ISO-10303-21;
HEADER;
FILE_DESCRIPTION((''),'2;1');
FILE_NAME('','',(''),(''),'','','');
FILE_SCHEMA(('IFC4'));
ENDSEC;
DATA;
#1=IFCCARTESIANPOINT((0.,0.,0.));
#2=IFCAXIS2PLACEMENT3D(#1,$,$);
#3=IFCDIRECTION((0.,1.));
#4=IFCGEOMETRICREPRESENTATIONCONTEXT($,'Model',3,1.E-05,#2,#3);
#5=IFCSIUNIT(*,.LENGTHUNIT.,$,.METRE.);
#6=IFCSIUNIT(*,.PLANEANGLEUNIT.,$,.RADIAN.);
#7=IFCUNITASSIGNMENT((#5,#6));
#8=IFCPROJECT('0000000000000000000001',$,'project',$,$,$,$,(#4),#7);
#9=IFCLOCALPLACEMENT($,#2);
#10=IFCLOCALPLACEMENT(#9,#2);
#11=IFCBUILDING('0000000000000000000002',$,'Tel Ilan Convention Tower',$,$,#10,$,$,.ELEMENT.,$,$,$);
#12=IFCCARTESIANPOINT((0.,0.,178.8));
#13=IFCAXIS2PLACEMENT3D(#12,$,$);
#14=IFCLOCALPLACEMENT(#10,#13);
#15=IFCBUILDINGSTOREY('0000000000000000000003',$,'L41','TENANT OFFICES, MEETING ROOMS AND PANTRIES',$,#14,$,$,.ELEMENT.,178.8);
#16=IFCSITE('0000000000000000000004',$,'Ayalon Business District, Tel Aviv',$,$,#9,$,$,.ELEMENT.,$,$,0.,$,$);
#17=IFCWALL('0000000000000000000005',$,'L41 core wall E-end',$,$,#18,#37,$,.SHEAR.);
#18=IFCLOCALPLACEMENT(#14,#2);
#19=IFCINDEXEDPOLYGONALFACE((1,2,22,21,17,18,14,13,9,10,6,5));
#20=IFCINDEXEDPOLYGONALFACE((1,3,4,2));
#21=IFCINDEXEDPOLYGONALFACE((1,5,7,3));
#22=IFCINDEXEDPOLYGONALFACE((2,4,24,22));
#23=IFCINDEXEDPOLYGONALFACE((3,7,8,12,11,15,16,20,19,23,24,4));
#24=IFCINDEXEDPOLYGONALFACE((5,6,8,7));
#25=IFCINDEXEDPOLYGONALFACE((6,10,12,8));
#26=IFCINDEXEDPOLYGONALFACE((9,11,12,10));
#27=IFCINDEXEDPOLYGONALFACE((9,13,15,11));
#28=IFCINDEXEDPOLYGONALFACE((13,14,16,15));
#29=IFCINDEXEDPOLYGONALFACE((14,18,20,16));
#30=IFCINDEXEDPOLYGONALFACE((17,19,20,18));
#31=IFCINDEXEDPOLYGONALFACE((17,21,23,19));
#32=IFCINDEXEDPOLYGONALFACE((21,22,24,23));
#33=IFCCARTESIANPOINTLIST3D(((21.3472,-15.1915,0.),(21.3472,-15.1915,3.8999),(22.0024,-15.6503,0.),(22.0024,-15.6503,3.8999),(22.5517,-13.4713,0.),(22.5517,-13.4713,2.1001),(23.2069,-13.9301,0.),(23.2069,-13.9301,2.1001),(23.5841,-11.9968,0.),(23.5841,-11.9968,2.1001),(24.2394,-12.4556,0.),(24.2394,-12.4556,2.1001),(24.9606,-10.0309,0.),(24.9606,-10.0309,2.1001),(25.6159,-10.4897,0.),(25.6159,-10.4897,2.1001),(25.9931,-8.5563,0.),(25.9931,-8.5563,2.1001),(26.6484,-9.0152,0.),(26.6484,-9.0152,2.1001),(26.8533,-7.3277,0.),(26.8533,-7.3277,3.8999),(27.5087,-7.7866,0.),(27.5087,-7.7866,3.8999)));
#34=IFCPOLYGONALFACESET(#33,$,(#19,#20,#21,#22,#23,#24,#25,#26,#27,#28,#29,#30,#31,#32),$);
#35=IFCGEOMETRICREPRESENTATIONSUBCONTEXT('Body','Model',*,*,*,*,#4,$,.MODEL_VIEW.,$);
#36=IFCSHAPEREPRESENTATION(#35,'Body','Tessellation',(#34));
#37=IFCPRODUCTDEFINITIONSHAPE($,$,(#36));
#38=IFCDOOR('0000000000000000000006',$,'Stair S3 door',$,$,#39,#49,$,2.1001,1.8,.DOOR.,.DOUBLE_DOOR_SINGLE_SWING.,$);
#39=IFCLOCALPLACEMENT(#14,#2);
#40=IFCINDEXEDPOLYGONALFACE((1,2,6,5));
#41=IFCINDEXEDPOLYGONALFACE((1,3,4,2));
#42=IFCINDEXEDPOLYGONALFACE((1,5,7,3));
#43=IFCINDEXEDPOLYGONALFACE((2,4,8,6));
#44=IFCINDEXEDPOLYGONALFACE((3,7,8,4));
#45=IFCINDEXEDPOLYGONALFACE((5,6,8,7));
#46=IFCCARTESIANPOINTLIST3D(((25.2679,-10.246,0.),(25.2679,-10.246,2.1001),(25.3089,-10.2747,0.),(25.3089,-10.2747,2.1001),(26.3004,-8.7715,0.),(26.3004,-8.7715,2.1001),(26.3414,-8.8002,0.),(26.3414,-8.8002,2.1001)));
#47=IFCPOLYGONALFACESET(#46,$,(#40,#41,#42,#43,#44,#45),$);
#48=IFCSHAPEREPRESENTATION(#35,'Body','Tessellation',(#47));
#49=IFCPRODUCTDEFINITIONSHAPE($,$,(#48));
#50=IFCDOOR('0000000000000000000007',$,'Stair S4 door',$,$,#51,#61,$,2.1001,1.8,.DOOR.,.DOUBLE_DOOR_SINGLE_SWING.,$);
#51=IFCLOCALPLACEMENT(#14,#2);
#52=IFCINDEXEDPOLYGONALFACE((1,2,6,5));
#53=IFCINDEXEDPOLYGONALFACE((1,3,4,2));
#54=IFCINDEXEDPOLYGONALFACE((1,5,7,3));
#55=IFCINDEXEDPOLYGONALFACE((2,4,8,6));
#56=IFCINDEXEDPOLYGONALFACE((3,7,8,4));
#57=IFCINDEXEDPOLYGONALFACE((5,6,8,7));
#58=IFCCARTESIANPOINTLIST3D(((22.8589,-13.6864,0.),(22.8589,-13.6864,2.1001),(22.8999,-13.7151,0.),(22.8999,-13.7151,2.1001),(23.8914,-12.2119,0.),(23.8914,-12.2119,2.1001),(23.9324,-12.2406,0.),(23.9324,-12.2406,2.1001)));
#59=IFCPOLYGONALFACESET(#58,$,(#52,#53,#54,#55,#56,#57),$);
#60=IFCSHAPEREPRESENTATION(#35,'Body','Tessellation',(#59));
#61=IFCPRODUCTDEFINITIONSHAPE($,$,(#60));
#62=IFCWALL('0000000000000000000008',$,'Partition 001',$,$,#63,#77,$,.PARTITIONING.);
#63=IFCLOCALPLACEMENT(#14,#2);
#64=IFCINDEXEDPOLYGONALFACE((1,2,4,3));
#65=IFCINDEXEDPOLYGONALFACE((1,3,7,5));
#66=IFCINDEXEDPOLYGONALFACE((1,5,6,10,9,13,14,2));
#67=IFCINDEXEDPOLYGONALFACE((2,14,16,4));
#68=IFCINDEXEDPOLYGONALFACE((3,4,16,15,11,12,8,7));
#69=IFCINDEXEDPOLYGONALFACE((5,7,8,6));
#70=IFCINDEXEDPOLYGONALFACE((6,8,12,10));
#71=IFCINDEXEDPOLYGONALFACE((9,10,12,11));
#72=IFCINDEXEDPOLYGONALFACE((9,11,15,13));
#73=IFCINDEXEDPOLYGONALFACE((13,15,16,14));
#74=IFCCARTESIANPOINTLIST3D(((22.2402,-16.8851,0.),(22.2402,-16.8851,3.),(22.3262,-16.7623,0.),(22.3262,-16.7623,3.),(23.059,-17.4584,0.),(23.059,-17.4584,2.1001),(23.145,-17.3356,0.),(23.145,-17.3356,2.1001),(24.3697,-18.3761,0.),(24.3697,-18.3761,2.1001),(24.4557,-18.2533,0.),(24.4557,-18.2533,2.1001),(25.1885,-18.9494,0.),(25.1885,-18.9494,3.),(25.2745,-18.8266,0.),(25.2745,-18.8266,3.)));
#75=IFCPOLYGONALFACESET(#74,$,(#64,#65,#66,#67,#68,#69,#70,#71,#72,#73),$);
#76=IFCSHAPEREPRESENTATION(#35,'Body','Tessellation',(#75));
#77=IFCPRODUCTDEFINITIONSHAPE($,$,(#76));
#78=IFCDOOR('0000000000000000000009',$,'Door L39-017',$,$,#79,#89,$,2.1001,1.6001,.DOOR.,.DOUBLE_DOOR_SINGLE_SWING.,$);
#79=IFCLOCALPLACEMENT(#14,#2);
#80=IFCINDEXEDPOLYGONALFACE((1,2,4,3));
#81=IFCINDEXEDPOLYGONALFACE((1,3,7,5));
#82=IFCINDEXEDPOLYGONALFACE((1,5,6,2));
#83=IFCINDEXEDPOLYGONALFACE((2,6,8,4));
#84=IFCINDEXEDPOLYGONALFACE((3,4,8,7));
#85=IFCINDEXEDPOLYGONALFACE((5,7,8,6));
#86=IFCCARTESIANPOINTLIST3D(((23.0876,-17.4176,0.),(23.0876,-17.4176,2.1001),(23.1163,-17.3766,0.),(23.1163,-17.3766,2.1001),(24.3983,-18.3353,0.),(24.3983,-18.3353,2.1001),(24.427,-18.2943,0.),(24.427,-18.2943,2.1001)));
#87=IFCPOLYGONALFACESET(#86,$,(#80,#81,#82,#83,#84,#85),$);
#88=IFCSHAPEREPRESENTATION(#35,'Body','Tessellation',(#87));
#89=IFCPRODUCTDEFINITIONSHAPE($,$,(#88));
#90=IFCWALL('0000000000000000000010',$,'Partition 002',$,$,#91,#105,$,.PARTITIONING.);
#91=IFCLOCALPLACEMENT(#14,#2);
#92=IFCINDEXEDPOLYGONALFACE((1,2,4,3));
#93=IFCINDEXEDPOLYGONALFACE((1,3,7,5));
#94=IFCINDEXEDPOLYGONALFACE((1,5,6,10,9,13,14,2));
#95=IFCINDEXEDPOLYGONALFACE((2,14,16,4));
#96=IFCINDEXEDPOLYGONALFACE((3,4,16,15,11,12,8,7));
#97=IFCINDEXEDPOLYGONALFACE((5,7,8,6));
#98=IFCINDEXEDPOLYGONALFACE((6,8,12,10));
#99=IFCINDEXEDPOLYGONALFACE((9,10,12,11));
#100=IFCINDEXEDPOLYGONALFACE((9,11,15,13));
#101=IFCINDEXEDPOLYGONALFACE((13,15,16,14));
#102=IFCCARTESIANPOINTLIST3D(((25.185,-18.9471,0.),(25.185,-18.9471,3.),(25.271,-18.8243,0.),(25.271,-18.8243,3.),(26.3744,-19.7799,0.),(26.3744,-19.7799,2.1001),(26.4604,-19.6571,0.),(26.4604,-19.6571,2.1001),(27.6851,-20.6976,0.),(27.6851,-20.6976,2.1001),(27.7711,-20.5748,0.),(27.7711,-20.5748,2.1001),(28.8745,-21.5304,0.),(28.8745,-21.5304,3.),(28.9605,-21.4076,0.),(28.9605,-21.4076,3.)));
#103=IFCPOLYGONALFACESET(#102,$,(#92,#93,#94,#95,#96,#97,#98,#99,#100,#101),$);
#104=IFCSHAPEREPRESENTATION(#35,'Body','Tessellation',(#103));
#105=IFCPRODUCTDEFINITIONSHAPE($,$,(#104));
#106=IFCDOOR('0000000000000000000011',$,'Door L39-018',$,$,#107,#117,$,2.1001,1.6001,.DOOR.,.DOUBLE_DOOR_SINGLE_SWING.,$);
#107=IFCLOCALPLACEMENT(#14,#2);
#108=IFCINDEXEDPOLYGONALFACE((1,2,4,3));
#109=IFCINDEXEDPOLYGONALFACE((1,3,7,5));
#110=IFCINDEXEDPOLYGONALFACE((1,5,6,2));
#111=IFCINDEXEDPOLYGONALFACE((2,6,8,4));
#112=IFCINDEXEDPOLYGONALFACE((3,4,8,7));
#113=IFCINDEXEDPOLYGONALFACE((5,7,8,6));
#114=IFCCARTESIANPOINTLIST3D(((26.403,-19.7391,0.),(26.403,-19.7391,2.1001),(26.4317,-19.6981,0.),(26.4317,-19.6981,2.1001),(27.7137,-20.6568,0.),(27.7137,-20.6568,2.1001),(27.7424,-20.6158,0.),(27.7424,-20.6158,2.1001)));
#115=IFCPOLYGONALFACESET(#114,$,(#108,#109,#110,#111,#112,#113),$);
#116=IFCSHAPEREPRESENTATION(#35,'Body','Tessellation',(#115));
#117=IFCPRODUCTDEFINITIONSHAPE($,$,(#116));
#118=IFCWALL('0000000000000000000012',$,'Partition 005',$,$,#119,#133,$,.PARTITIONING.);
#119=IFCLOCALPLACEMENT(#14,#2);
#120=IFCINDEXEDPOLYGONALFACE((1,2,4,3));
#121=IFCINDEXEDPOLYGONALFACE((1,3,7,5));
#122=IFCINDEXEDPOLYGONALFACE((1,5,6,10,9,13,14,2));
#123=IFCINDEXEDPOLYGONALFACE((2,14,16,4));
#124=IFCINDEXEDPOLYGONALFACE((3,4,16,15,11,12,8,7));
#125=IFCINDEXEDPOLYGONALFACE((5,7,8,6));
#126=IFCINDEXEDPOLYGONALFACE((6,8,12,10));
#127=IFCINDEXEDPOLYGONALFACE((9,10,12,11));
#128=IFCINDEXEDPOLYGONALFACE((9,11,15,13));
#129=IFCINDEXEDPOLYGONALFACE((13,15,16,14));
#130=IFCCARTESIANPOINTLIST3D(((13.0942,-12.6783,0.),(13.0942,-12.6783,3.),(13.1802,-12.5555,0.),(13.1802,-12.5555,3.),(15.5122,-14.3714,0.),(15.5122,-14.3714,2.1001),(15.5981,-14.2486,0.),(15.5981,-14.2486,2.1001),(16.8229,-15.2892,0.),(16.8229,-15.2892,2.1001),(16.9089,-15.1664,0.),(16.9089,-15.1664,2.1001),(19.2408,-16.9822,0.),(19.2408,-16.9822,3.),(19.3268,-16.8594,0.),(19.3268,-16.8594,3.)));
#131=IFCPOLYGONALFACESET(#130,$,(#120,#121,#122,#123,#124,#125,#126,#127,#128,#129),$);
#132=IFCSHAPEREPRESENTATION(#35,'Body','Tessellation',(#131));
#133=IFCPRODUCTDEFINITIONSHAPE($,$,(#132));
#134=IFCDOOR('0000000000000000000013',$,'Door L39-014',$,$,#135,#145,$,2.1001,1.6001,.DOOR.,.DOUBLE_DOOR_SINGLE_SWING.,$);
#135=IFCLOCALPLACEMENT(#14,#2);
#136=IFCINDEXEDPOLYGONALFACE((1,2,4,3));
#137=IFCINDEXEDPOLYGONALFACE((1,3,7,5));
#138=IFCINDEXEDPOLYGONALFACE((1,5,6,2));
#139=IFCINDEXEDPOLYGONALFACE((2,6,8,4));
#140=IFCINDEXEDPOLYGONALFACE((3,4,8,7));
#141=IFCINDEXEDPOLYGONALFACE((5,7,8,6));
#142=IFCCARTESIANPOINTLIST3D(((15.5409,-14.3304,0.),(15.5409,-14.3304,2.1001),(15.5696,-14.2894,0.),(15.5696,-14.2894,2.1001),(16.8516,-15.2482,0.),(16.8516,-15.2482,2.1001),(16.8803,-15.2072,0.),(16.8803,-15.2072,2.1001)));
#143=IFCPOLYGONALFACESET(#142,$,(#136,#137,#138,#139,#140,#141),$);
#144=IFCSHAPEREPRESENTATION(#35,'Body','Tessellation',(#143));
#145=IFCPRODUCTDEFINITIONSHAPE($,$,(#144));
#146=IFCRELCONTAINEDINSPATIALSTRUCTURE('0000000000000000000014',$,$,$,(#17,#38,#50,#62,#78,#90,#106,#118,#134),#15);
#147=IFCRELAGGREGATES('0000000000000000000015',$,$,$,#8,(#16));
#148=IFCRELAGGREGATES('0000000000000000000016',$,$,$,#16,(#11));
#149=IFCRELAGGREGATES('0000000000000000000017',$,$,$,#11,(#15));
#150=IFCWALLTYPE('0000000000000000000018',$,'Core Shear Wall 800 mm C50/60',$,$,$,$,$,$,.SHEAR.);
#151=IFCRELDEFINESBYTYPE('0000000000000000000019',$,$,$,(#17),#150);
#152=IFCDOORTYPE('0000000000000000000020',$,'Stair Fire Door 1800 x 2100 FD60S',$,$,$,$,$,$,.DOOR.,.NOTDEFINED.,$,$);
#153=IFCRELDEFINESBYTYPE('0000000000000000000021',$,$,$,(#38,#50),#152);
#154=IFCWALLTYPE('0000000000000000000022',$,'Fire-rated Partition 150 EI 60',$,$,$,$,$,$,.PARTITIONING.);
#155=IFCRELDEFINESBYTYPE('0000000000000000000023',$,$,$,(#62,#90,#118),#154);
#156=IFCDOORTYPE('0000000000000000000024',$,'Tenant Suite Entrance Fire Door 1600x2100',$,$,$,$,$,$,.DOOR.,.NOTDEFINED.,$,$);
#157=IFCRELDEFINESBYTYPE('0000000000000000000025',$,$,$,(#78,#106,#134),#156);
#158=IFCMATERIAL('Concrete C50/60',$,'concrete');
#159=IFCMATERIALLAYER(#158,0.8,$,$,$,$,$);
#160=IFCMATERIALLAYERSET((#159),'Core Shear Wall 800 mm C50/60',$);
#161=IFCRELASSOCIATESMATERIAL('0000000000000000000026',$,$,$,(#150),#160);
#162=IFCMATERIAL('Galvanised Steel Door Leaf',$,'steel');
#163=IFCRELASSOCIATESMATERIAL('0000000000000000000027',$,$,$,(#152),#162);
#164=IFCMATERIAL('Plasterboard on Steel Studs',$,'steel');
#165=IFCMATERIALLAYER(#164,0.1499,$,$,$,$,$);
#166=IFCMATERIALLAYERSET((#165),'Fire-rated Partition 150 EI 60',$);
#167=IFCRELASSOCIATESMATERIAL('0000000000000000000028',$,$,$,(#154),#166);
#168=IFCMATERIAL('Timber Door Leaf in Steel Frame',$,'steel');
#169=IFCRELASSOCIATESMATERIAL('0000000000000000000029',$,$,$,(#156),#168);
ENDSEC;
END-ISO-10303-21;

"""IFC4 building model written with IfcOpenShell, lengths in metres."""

from ifc_helpers import new_model, si_unit, direction, frame, frame_2d, origin, place, context, subcontext, project, spatial, polyline, rectangle, outline, extrude, material, layer, layer_set, type_object, element, fill, save


model = new_model("IFC4")

# Units and contexts
model_context = context("Model", 3, precision=1e-05, world=origin(), true_north=direction((0.0, 1.0)))
body_context = subcontext(model_context, "Body", "Model", "MODEL_VIEW")
ifc_project = project(units=[si_unit("LENGTHUNIT", "METRE"), si_unit("PLANEANGLEUNIT", "RADIAN")], contexts=[model_context])

# Site, building, storey
site_placement = place(None, origin())
site = spatial("IfcSite", under=ifc_project, at=site_placement, Name="Ayalon Business District, Tel Aviv", CompositionType="ELEMENT", RefElevation=0.0)
building_placement = place(site_placement, origin())
building = spatial("IfcBuilding", under=site, at=building_placement, Name="Tel Ilan Convention Tower", CompositionType="ELEMENT")
storey_placement = place(building_placement, frame((0.0, 0.0, 178.8)))
storey = spatial("IfcBuildingStorey", under=building, at=storey_placement, Name="L41", Description="TENANT OFFICES, MEETING ROOMS AND PANTRIES", CompositionType="ELEMENT", Elevation=178.8)

# Wall, openings, doors
ifc_material_1 = material(Name="Concrete C50/60", Category="concrete")
ifc_layer_1 = layer(ifc_material_1, 0.8)
ifc_layer_set_1 = layer_set([ifc_layer_1], Name="Core Shear Wall 800 mm C50/60")
wall_type_1 = type_object("IfcWallType", Name="Core Shear Wall 800 mm C50/60", PredefinedType="SHEAR", material=ifc_layer_set_1)
wall_1_placement = place(storey_placement, frame((21.6748, -15.4209, 0.0), z_axis=(0.0, 0.0, 1.0), x_axis=(0.573582, 0.819148, 0.0)))
wall_1 = element("IfcWall", 1, at=wall_1_placement, inside=storey, type_object=wall_type_1, Name="L41 core wall E-end", PredefinedType="SHEAR", context=body_context, shape_type="SweptSolid", body=[
    extrude(outline(polyline([(9.5999, 0.4001), (0.0, 0.3999), (0.0, -0.3999), (9.5999, -0.3999), (9.5999, 0.4001)])), origin(), (0.0, 0.0, 1.0), 3.8999),
])
opening_1_placement = place(wall_1_placement, frame((6.3, 0.0, 0.0)))
opening_1 = element("IfcOpeningElement", 2, at=opening_1_placement, cuts=wall_1, PredefinedType="OPENING", context=body_context, shape_type="SweptSolid", body=[
    extrude(rectangle(XDim=1.8, YDim=2.1001, at=frame_2d((0.8999, 1.05))), frame((0.0, 0.4099, 0.0), z_axis=(0.0, -1.0, 0.0), x_axis=(1.0, 0.0, 0.0)), (0.0, 0.0, 1.0), 0.8201),
])
opening_2_placement = place(wall_1_placement, frame((2.1001, 0.0, 0.0)))
opening_2 = element("IfcOpeningElement", 3, at=opening_2_placement, cuts=wall_1, PredefinedType="OPENING", context=body_context, shape_type="SweptSolid", body=[
    extrude(rectangle(XDim=1.8, YDim=2.1001, at=frame_2d((0.8999, 1.05))), frame((0.0, 0.4099, 0.0), z_axis=(0.0, -1.0, 0.0), x_axis=(1.0, 0.0, 0.0)), (0.0, 0.0, 1.0), 0.8201),
])
ifc_material_2 = material(Name="Galvanised Steel Door Leaf", Category="steel")
door_type_1 = type_object("IfcDoorType", Name="Stair Fire Door 1800 x 2100 FD60S", OperationType="NOTDEFINED", PredefinedType="DOOR", material=ifc_material_2)
door_1_placement = place(opening_1_placement, origin())
door_1 = element("IfcDoor", 4, at=door_1_placement, inside=storey, type_object=door_type_1, Name="Stair S3 door", OperationType="DOUBLE_DOOR_SINGLE_SWING", OverallHeight=2.1001, OverallWidth=1.8, PredefinedType="DOOR", context=body_context, shape_type="SweptSolid", body=[
    extrude(rectangle(XDim=1.8, YDim=2.1001, at=frame_2d((0.8999, 1.05))), frame((0.0, 0.0249, 0.0), z_axis=(0.0, -1.0, 0.0), x_axis=(1.0, 0.0, 0.0)), (0.0, 0.0, 1.0), 0.05),
])
fill(opening_1, door_1)
door_2_placement = place(opening_2_placement, origin())
door_2 = element("IfcDoor", 5, at=door_2_placement, inside=storey, type_object=door_type_1, Name="Stair S4 door", OperationType="DOUBLE_DOOR_SINGLE_SWING", OverallHeight=2.1001, OverallWidth=1.8, PredefinedType="DOOR", context=body_context, shape_type="SweptSolid", body=[
    extrude(rectangle(XDim=1.8, YDim=2.1001, at=frame_2d((0.8999, 1.05))), frame((0.0, 0.0249, 0.0), z_axis=(0.0, -1.0, 0.0), x_axis=(1.0, 0.0, 0.0)), (0.0, 0.0, 1.0), 0.05),
])
fill(opening_2, door_2)

# Walls, openings, doors
ifc_material_3 = material(Name="Plasterboard on Steel Studs", Category="steel")
ifc_layer_2 = layer(ifc_material_3, 0.1499)
ifc_layer_set_2 = layer_set([ifc_layer_2], Name="Fire-rated Partition 150 EI 60")
wall_type_2 = type_object("IfcWallType", Name="Fire-rated Partition 150 EI 60", PredefinedType="PARTITIONING", material=ifc_layer_set_2)
wall_2_placement = place(storey_placement, frame((22.2832, -16.8237, 0.0), z_axis=(0.0, 0.0, 1.0), x_axis=(0.819175, -0.573544, 0.0)))
wall_2 = element("IfcWall", 6, at=wall_2_placement, inside=storey, type_object=wall_type_2, Name="Partition 001", PredefinedType="PARTITIONING", context=body_context, shape_type="SweptSolid", body=[
    extrude(rectangle(XDim=3.5991, YDim=0.1499, at=frame_2d((1.7996, 0.0))), origin(), (0.0, 0.0, 1.0), 3.0),
])
opening_3_placement = place(wall_2_placement, frame((0.9995, 0.0, 0.0)))
opening_3 = element("IfcOpeningElement", 7, at=opening_3_placement, cuts=wall_2, PredefinedType="OPENING", context=body_context, shape_type="SweptSolid", body=[
    extrude(rectangle(XDim=1.6001, YDim=2.1001, at=frame_2d((0.8, 1.05))), frame((0.0, 0.085, 0.0), z_axis=(0.0, -1.0, 0.0), x_axis=(1.0, 0.0, 0.0)), (0.0, 0.0, 1.0), 0.1699),
])
ifc_material_4 = material(Name="Timber Door Leaf in Steel Frame", Category="steel")
door_type_2 = type_object("IfcDoorType", Name="Tenant Suite Entrance Fire Door 1600x2100", OperationType="NOTDEFINED", PredefinedType="DOOR", material=ifc_material_4)
door_3_placement = place(opening_3_placement, origin())
door_3 = element("IfcDoor", 8, at=door_3_placement, inside=storey, type_object=door_type_2, Name="Door L39-017", OperationType="DOUBLE_DOOR_SINGLE_SWING", OverallHeight=2.1001, OverallWidth=1.6001, PredefinedType="DOOR", context=body_context, shape_type="SweptSolid", body=[
    extrude(rectangle(XDim=1.6001, YDim=2.1001, at=frame_2d((0.8, 1.05))), frame((0.0, 0.0249, 0.0), z_axis=(0.0, -1.0, 0.0), x_axis=(1.0, 0.0, 0.0)), (0.0, 0.0, 1.0), 0.05),
])
fill(opening_3, door_3)
wall_3_placement = place(storey_placement, frame((25.228, -18.8857, 0.0), z_axis=(0.0, 0.0, 1.0), x_axis=(0.819166, -0.573557, 0.0)))
wall_3 = element("IfcWall", 9, at=wall_3_placement, inside=storey, type_object=wall_type_2, Name="Partition 002", PredefinedType="PARTITIONING", context=body_context, shape_type="SweptSolid", body=[
    extrude(rectangle(XDim=4.5039, YDim=0.1499, at=frame_2d((2.252, 0.0))), origin(), (0.0, 0.0, 1.0), 3.0),
])
opening_4_placement = place(wall_3_placement, frame((1.4519, 0.0, 0.0)))
opening_4 = element("IfcOpeningElement", 10, at=opening_4_placement, cuts=wall_3, PredefinedType="OPENING", context=body_context, shape_type="SweptSolid", body=[
    extrude(rectangle(XDim=1.6001, YDim=2.1001, at=frame_2d((0.8, 1.05))), frame((0.0, 0.085, 0.0), z_axis=(0.0, -1.0, 0.0), x_axis=(1.0, 0.0, 0.0)), (0.0, 0.0, 1.0), 0.1699),
])
door_4_placement = place(opening_4_placement, origin())
door_4 = element("IfcDoor", 11, at=door_4_placement, inside=storey, type_object=door_type_2, Name="Door L39-018", OperationType="DOUBLE_DOOR_SINGLE_SWING", OverallHeight=2.1001, OverallWidth=1.6001, PredefinedType="DOOR", context=body_context, shape_type="SweptSolid", body=[
    extrude(rectangle(XDim=1.6001, YDim=2.1001, at=frame_2d((0.8, 1.05))), frame((0.0, 0.0249, 0.0), z_axis=(0.0, -1.0, 0.0), x_axis=(1.0, 0.0, 0.0)), (0.0, 0.0, 1.0), 0.05),
])
fill(opening_4, door_4)
wall_4_placement = place(storey_placement, frame((19.2839, -16.9209, 0.0), z_axis=(0.0, 0.0, 1.0), x_axis=(-0.819154, 0.573574, 0.0)))
wall_4 = element("IfcWall", 12, at=wall_4_placement, inside=storey, type_object=wall_type_2, Name="Partition 005", PredefinedType="PARTITIONING", context=body_context, shape_type="SweptSolid", body=[
    extrude(rectangle(XDim=7.5037, YDim=0.1499, at=frame_2d((3.752, 0.0))), origin(), (0.0, 0.0, 1.0), 3.0),
])
opening_5_placement = place(wall_4_placement, frame((2.9519, 0.0, 0.0)))
opening_5 = element("IfcOpeningElement", 13, at=opening_5_placement, cuts=wall_4, PredefinedType="OPENING", context=body_context, shape_type="SweptSolid", body=[
    extrude(rectangle(XDim=1.6001, YDim=2.1001, at=frame_2d((0.8, 1.05))), frame((0.0, 0.085, 0.0), z_axis=(0.0, -1.0, 0.0), x_axis=(1.0, 0.0, 0.0)), (0.0, 0.0, 1.0), 0.1699),
])
door_5_placement = place(opening_5_placement, origin())
door_5 = element("IfcDoor", 14, at=door_5_placement, inside=storey, type_object=door_type_2, Name="Door L39-014", OperationType="DOUBLE_DOOR_SINGLE_SWING", OverallHeight=2.1001, OverallWidth=1.6001, PredefinedType="DOOR", context=body_context, shape_type="SweptSolid", body=[
    extrude(rectangle(XDim=1.6001, YDim=2.1001, at=frame_2d((0.8, 1.05))), frame((0.0, 0.0249, 0.0), z_axis=(0.0, -1.0, 0.0), x_axis=(1.0, 0.0, 0.0)), (0.0, 0.0, 1.0), 0.05),
])
fill(opening_5, door_5)

save(model, "model.ifc")
